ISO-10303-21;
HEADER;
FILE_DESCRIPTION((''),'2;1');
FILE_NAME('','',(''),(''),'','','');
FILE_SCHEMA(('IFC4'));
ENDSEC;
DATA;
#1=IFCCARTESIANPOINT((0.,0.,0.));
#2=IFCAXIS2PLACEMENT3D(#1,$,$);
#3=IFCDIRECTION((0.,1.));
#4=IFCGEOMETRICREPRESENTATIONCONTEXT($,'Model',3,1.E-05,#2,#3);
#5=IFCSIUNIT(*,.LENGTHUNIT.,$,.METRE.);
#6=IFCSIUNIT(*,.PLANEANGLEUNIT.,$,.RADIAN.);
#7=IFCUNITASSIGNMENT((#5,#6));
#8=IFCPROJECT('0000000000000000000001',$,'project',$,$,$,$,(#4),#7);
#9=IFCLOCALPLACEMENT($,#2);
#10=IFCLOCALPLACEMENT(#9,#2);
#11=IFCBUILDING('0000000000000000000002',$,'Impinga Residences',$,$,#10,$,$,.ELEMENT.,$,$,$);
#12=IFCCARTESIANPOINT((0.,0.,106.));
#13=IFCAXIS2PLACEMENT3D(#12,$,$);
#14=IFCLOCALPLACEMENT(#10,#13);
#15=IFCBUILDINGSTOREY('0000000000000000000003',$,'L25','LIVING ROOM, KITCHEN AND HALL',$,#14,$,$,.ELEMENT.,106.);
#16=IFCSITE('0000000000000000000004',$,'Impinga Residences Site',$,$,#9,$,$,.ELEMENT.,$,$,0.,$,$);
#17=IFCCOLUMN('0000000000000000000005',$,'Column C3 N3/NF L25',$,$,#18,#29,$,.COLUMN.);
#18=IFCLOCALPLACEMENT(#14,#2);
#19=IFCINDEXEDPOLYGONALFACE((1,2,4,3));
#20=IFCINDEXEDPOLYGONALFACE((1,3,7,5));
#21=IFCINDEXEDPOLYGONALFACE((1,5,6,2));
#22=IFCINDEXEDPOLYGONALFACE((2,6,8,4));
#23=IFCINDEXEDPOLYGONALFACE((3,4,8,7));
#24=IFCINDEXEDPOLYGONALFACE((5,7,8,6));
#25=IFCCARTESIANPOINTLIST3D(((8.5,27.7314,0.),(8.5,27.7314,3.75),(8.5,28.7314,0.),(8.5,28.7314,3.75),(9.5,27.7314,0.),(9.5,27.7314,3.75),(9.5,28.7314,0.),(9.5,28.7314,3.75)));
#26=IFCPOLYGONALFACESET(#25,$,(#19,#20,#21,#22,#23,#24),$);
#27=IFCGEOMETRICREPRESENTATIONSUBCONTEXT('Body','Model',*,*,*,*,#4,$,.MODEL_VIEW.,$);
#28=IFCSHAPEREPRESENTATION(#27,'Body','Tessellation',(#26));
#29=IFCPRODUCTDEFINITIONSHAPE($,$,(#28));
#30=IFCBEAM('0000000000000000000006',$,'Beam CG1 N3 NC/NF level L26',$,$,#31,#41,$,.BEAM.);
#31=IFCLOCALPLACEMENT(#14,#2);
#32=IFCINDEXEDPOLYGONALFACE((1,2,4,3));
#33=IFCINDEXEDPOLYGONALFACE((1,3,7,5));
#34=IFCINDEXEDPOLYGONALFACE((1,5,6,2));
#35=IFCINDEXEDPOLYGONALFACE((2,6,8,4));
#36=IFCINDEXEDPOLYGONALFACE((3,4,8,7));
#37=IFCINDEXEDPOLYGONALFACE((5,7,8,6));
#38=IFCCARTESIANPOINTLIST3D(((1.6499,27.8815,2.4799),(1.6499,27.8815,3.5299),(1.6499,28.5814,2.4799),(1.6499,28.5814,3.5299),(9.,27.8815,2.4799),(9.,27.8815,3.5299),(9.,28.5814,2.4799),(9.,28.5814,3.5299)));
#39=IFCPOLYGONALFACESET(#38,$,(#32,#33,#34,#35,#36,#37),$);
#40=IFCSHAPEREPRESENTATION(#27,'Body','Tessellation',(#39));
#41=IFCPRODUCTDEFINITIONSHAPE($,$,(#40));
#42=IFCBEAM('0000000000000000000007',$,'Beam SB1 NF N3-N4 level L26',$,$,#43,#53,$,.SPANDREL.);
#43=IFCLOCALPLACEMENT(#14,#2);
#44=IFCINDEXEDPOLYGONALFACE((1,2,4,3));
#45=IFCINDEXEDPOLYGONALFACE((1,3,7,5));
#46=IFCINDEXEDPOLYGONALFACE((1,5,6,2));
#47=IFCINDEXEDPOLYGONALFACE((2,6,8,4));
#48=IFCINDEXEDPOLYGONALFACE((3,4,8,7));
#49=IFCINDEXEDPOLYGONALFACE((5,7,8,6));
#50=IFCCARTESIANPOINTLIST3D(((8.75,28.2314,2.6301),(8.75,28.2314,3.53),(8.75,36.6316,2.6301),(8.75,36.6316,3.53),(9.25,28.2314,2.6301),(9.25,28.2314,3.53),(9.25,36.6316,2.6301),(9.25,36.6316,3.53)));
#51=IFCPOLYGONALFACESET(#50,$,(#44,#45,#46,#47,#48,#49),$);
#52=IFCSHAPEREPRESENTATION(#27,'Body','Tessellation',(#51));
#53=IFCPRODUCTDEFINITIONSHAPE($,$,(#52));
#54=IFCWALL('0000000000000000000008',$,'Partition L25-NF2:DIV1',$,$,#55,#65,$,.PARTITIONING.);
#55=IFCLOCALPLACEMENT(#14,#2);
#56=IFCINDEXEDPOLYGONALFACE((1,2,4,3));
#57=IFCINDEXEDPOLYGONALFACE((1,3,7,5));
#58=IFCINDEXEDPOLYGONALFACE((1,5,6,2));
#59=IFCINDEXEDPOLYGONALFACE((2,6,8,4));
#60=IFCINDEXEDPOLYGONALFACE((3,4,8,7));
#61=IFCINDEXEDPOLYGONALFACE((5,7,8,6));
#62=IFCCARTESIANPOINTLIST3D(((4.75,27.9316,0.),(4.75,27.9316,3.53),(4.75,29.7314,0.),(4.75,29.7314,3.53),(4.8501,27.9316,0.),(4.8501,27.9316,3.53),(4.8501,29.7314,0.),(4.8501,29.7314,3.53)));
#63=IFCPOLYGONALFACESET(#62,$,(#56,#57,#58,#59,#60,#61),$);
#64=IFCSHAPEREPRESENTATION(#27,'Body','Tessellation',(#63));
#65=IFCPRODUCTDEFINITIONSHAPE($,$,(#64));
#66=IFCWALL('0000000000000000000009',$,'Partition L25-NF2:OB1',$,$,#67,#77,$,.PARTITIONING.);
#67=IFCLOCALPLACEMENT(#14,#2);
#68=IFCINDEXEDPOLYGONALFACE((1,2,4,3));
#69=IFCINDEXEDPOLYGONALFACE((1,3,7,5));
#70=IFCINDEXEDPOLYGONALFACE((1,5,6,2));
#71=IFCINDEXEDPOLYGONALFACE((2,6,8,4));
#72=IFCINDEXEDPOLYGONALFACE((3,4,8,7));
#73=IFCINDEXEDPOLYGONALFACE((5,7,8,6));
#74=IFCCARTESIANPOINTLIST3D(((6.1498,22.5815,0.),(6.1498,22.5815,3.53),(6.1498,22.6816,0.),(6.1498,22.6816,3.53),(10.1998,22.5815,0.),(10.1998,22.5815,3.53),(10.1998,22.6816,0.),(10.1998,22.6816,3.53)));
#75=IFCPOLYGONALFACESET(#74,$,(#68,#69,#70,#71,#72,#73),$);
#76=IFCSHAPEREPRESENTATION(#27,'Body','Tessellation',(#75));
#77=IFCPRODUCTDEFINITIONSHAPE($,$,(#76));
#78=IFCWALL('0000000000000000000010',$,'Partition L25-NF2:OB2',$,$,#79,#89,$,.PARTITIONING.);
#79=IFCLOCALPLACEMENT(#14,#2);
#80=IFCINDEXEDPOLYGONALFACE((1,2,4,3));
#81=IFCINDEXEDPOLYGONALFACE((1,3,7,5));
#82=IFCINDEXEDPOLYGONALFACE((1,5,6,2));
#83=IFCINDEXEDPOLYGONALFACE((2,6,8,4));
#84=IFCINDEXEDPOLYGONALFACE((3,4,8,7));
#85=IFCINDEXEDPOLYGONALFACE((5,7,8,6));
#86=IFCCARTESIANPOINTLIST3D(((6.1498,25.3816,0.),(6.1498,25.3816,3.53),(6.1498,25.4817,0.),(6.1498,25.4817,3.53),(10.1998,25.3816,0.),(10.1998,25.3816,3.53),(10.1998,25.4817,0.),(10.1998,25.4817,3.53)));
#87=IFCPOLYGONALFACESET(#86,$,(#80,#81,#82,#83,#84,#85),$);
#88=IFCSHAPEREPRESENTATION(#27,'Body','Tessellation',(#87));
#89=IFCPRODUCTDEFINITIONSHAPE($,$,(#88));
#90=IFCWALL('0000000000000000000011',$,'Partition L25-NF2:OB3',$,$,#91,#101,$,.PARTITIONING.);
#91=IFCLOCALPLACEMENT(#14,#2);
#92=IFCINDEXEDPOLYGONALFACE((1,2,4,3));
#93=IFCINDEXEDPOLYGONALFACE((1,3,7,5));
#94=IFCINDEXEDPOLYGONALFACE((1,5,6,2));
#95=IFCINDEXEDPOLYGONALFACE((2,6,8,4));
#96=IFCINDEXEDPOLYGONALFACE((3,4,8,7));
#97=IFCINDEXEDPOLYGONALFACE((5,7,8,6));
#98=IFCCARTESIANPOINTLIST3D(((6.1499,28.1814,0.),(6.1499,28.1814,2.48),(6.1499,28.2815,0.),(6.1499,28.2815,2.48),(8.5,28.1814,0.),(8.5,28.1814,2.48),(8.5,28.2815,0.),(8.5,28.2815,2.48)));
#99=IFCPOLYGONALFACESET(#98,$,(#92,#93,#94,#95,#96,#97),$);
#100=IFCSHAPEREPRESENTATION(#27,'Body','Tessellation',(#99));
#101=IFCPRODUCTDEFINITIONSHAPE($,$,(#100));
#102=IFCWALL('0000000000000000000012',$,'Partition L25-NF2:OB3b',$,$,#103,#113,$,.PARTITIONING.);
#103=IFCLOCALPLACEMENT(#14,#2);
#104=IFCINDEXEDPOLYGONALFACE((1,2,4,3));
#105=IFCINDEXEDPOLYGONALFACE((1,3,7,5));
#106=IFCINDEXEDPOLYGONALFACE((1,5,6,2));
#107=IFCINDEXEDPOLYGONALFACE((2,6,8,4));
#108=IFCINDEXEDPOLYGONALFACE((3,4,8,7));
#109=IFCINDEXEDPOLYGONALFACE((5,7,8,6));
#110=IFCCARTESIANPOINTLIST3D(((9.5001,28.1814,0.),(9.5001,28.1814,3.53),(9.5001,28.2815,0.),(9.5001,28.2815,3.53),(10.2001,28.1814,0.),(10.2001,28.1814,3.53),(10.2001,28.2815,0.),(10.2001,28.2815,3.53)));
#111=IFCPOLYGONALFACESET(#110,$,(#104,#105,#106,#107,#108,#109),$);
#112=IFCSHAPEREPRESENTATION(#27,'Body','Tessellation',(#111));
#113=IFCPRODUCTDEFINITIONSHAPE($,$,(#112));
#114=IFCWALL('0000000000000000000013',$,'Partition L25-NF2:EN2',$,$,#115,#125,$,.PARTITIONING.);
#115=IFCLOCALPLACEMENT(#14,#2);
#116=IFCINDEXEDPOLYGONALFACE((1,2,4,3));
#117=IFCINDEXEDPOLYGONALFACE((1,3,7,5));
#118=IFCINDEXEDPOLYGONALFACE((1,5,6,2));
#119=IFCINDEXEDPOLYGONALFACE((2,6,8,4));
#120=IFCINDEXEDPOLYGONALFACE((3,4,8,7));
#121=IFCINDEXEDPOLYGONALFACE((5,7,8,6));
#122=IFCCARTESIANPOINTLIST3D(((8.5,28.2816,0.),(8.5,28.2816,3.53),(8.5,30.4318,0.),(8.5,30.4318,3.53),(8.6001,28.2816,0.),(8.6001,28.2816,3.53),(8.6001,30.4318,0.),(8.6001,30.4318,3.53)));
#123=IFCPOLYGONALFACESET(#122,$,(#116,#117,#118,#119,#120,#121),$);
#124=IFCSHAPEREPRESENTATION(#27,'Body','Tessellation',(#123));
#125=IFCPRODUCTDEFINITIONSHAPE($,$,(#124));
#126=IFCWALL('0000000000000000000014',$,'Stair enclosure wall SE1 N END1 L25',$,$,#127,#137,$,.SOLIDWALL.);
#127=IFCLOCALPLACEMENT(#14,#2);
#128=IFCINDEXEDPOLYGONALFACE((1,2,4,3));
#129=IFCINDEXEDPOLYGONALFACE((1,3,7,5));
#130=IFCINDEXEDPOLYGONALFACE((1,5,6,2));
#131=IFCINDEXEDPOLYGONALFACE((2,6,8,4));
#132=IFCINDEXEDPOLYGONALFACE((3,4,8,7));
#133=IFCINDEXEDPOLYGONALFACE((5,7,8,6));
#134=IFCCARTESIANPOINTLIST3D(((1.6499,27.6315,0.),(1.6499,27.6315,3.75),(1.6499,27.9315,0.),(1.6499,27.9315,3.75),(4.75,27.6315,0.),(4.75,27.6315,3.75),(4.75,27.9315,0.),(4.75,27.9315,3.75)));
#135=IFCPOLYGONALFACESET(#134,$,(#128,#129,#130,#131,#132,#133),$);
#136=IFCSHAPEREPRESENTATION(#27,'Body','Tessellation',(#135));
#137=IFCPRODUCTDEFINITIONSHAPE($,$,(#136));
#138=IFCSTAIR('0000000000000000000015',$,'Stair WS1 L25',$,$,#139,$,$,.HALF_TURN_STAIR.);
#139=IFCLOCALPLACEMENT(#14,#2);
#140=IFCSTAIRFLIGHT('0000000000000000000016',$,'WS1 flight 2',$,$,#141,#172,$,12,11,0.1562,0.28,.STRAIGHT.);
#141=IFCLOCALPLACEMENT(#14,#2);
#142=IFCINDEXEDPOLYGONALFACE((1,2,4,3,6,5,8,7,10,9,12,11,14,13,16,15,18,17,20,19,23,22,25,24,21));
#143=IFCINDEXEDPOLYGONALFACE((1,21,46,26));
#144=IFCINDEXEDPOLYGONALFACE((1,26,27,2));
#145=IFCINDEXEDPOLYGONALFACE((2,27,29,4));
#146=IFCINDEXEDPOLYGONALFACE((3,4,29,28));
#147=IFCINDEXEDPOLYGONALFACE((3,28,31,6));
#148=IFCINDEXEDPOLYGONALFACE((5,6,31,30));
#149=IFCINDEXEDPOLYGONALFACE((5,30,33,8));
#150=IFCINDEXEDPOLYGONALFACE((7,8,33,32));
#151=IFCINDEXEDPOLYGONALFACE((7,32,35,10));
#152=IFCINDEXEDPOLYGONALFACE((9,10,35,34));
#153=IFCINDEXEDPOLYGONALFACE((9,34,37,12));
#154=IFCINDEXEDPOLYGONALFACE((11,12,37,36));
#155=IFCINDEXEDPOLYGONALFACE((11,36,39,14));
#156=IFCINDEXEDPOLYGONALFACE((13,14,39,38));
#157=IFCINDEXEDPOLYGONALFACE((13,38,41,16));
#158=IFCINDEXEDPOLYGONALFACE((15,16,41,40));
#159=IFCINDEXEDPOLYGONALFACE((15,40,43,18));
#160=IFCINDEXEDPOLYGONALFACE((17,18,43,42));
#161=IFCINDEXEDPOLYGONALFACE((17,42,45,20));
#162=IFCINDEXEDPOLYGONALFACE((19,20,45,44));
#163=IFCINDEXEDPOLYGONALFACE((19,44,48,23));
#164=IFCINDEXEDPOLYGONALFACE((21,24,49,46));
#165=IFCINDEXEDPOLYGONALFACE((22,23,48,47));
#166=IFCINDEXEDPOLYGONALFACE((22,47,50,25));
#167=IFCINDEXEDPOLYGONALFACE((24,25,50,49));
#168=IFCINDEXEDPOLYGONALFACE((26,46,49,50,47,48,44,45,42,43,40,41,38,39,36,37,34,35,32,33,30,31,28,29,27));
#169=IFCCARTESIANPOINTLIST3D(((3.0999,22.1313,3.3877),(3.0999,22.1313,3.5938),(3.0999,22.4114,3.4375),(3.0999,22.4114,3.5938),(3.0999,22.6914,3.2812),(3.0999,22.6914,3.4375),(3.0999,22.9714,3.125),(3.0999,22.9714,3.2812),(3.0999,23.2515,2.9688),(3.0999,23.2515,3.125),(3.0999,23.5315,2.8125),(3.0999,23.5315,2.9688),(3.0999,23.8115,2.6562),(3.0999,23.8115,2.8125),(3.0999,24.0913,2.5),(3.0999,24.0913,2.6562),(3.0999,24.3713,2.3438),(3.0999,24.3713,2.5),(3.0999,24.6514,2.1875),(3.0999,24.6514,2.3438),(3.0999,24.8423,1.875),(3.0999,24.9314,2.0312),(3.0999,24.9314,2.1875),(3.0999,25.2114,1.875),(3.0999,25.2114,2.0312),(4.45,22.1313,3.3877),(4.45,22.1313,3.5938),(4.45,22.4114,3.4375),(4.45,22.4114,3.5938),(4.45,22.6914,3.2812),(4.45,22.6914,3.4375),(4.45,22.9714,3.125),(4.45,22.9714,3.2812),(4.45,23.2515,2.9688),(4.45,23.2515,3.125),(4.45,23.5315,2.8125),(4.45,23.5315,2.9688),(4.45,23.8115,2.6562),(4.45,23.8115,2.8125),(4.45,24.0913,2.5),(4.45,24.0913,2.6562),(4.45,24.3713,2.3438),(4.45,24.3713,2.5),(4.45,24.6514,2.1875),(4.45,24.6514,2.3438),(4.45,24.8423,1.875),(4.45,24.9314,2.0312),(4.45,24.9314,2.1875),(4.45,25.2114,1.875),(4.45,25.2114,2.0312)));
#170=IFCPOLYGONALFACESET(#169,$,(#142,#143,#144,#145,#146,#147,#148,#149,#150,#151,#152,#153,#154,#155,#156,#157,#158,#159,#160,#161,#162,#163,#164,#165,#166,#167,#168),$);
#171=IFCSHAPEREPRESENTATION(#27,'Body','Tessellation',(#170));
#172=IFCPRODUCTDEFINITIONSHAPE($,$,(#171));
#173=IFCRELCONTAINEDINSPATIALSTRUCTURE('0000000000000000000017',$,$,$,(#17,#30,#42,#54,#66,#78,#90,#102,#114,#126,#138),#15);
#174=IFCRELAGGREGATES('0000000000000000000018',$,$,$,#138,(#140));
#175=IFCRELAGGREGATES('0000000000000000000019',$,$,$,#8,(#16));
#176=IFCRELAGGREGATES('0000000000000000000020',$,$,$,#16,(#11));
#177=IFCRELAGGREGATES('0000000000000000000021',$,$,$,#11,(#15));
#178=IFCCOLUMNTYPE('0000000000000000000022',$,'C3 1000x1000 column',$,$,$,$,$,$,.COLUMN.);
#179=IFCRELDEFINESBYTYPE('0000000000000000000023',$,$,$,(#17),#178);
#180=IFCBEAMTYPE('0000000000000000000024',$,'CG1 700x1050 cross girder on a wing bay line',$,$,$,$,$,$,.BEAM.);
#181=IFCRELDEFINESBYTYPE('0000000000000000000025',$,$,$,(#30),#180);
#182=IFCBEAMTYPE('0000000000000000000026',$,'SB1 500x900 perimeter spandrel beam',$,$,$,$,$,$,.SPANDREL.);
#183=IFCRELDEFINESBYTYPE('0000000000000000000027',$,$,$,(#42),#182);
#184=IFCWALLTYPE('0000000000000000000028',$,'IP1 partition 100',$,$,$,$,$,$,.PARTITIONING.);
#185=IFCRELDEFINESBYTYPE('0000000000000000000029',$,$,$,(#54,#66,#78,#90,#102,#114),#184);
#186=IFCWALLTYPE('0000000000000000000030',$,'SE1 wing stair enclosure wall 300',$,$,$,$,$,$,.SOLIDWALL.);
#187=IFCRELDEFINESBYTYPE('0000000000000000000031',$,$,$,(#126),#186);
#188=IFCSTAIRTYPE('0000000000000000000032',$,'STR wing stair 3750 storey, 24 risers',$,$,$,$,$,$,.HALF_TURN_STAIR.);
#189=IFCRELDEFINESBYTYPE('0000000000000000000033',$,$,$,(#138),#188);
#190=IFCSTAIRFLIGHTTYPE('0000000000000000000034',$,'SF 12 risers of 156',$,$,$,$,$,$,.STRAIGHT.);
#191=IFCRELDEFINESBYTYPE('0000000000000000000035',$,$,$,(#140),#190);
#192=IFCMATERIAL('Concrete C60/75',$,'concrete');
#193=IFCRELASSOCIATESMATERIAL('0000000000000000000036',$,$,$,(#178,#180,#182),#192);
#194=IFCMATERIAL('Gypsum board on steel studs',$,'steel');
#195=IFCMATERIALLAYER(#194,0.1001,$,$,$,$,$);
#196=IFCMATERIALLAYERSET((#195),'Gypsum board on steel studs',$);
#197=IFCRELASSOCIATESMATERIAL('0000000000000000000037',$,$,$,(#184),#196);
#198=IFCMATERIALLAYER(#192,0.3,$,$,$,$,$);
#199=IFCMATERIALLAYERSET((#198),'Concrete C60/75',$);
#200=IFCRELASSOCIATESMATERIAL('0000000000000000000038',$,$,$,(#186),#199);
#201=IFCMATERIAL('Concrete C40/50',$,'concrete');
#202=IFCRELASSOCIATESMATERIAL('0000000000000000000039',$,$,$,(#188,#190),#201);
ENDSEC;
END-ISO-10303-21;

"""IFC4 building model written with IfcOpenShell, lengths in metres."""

from ifc_helpers import new_model, si_unit, direction, frame, frame_2d, origin, origin_2d, place, context, subcontext, project, spatial, polyline, rectangle, outline, extrude, material, layer, layer_set, material_profile, profile_set, type_object, element, aggregate, save


model = new_model("IFC4")

# Units and contexts
model_context = context("Model", 3, precision=1e-05, world=origin(), true_north=direction((0.0, 1.0)))
body_context = subcontext(model_context, "Body", "Model", "MODEL_VIEW")
ifc_project = project(units=[si_unit("LENGTHUNIT", "METRE"), si_unit("PLANEANGLEUNIT", "RADIAN")], contexts=[model_context])

# Site, building, storey
site_placement = place(None, origin())
site = spatial("IfcSite", under=ifc_project, at=site_placement, Name="Impinga Residences Site", CompositionType="ELEMENT", RefElevation=0.0)
building_placement = place(site_placement, origin())
building = spatial("IfcBuilding", under=site, at=building_placement, Name="Impinga Residences", CompositionType="ELEMENT")
storey_placement = place(building_placement, frame((0.0, 0.0, 106.0)))
storey = spatial("IfcBuildingStorey", under=building, at=storey_placement, Name="L25", Description="LIVING ROOM, KITCHEN AND HALL", CompositionType="ELEMENT", Elevation=106.0)

# Column
ifc_material_1 = material(Name="Concrete C60/75", Category="concrete")
ifc_material_profile_1 = material_profile(ifc_material_1, rectangle(XDim=1.0, YDim=1.0, at=origin_2d()), Name="RC 1000x1000")
ifc_profile_set_1 = profile_set([ifc_material_profile_1], Name="Concrete C60/75")
column_type = type_object("IfcColumnType", Name="C3 1000x1000 column", PredefinedType="COLUMN", material=ifc_profile_set_1)
column_placement = place(storey_placement, frame((9.0, 28.2314, 0.0), z_axis=(0.0, 0.0, 1.0), x_axis=(1.0, 0.0, 0.0)))
element("IfcColumn", 1, at=column_placement, inside=storey, type_object=column_type, Name="Column C3 N3/NF L25", PredefinedType="COLUMN", context=body_context, shape_type="SweptSolid", body=[
    extrude(rectangle(XDim=1.0, YDim=1.0, at=origin_2d()), origin(), (0.0, 0.0, 1.0), 3.75),
])

# Beams
ifc_material_profile_2 = material_profile(ifc_material_1, rectangle(XDim=0.7, YDim=1.05, at=origin_2d()), Name="RC 700x1050")
ifc_profile_set_2 = profile_set([ifc_material_profile_2], Name="Concrete C60/75")
beam_type_1 = type_object("IfcBeamType", Name="CG1 700x1050 cross girder on a wing bay line", PredefinedType="BEAM", material=ifc_profile_set_2)
beam_1_placement = place(storey_placement, frame((1.6499, 28.2314, 3.0049), z_axis=(1.0, 0.0, 0.0), x_axis=(0.0, 1.0, 0.0)))
element("IfcBeam", 2, at=beam_1_placement, inside=storey, type_object=beam_type_1, Name="Beam CG1 N3 NC/NF level L26", PredefinedType="BEAM", context=body_context, shape_type="SweptSolid", body=[
    extrude(rectangle(XDim=0.7, YDim=1.05, at=origin_2d()), origin(), (0.0, 0.0, 1.0), 7.3501),
])
ifc_material_profile_3 = material_profile(ifc_material_1, rectangle(XDim=0.5, YDim=0.8999, at=origin_2d()), Name="RC 500x900")
ifc_profile_set_3 = profile_set([ifc_material_profile_3], Name="Concrete C60/75")
beam_type_2 = type_object("IfcBeamType", Name="SB1 500x900 perimeter spandrel beam", PredefinedType="SPANDREL", material=ifc_profile_set_3)
beam_2_placement = place(storey_placement, frame((9.0, 28.2314, 3.0801), z_axis=(0.0, 1.0, 0.0), x_axis=(-1.0, 0.0, 0.0)))
element("IfcBeam", 3, at=beam_2_placement, inside=storey, type_object=beam_type_2, Name="Beam SB1 NF N3-N4 level L26", PredefinedType="SPANDREL", context=body_context, shape_type="SweptSolid", body=[
    extrude(rectangle(XDim=0.5, YDim=0.8999, at=origin_2d()), origin(), (0.0, 0.0, 1.0), 8.4001),
])

# Walls
ifc_material_2 = material(Name="Gypsum board on steel studs", Category="steel")
ifc_layer_1 = layer(ifc_material_2, 0.1001)
ifc_layer_set_1 = layer_set([ifc_layer_1], Name="Gypsum board on steel studs")
wall_type_1 = type_object("IfcWallType", Name="IP1 partition 100", PredefinedType="PARTITIONING", material=ifc_layer_set_1)
wall_1_placement = place(storey_placement, frame((4.8, 27.9316, 0.0), z_axis=(0.0, 0.0, 1.0), x_axis=(0.0, 1.0, 0.0)))
element("IfcWall", 4, at=wall_1_placement, inside=storey, type_object=wall_type_1, Name="Partition L25-NF2:DIV1", PredefinedType="PARTITIONING", context=body_context, shape_type="SweptSolid", body=[
    extrude(rectangle(XDim=1.7998, YDim=0.1001, at=frame_2d((0.8999, 0.0))), origin(), (0.0, 0.0, 1.0), 3.53),
])
for number, where, z_axis, x_axis, name in (
    (5, (6.1499, 22.6316, 0.0), (0.0, 0.0, 1.0), (1.0, 0.0, 0.0), "Partition L25-NF2:OB1"),
    (6, (6.1499, 25.4316, 0.0), (0.0, 0.0, 1.0), (1.0, 0.0, 0.0), "Partition L25-NF2:OB2"),
):
    element("IfcWall", number, at=place(storey_placement, frame(where, z_axis=z_axis, x_axis=x_axis)), inside=storey, type_object=wall_type_1, Name=name, PredefinedType="PARTITIONING", context=body_context, shape_type="SweptSolid", body=[
        extrude(rectangle(XDim=4.05, YDim=0.1001, at=frame_2d((2.0249, 0.0))), origin(), (0.0, 0.0, 1.0), 3.53),
    ])
wall_2_placement = place(storey_placement, frame((6.1499, 28.2314, 0.0), z_axis=(0.0, 0.0, 1.0), x_axis=(1.0, 0.0, 0.0)))
element("IfcWall", 7, at=wall_2_placement, inside=storey, type_object=wall_type_1, Name="Partition L25-NF2:OB3", PredefinedType="PARTITIONING", context=body_context, shape_type="SweptSolid", body=[
    extrude(rectangle(XDim=2.3501, YDim=0.1001, at=frame_2d((1.175, 0.0))), origin(), (0.0, 0.0, 1.0), 2.48),
])
wall_3_placement = place(storey_placement, frame((9.5, 28.2314, 0.0), z_axis=(0.0, 0.0, 1.0), x_axis=(1.0, 0.0, 0.0)))
element("IfcWall", 8, at=wall_3_placement, inside=storey, type_object=wall_type_1, Name="Partition L25-NF2:OB3b", PredefinedType="PARTITIONING", context=body_context, shape_type="SweptSolid", body=[
    extrude(rectangle(XDim=0.7, YDim=0.1001, at=frame_2d((0.3501, 0.0))), origin(), (0.0, 0.0, 1.0), 3.53),
])
wall_4_placement = place(storey_placement, frame((8.55, 28.2815, 0.0), z_axis=(0.0, 0.0, 1.0), x_axis=(0.0, 1.0, 0.0)))
element("IfcWall", 9, at=wall_4_placement, inside=storey, type_object=wall_type_1, Name="Partition L25-NF2:EN2", PredefinedType="PARTITIONING", context=body_context, shape_type="SweptSolid", body=[
    extrude(rectangle(XDim=2.1501, YDim=0.1001, at=frame_2d((1.0752, 0.0))), origin(), (0.0, 0.0, 1.0), 3.53),
])
ifc_layer_2 = layer(ifc_material_1, 0.3)
ifc_layer_set_2 = layer_set([ifc_layer_2], Name="Concrete C60/75")
wall_type_2 = type_object("IfcWallType", Name="SE1 wing stair enclosure wall 300", PredefinedType="SOLIDWALL", material=ifc_layer_set_2)
wall_5_placement = place(storey_placement, frame((1.6499, 27.7815, 0.0), z_axis=(0.0, 0.0, 1.0), x_axis=(1.0, 0.0, 0.0)))
element("IfcWall", 10, at=wall_5_placement, inside=storey, type_object=wall_type_2, Name="Stair enclosure wall SE1 N END1 L25", PredefinedType="SOLIDWALL", context=body_context, shape_type="SweptSolid", body=[
    extrude(rectangle(XDim=3.1001, YDim=0.3, at=frame_2d((1.55, 0.0))), origin(), (0.0, 0.0, 1.0), 3.75),
])

# Stair, stair flight
ifc_material_3 = material(Name="Concrete C40/50", Category="concrete")
stair_type = type_object("IfcStairType", Name="STR wing stair 3750 storey, 24 risers", PredefinedType="HALF_TURN_STAIR", material=ifc_material_3)
stair_placement = place(storey_placement, origin())
stair = element("IfcStair", 11, at=stair_placement, inside=storey, type_object=stair_type, Name="Stair WS1 L25", PredefinedType="HALF_TURN_STAIR")
stair_flight_type = type_object("IfcStairFlightType", Name="SF 12 risers of 156", PredefinedType="STRAIGHT", material=ifc_material_3)
stair_flight_placement = place(storey_placement, frame((3.7749, 25.2114, 1.875), z_axis=(0.0, 0.0, 1.0), x_axis=(0.0, -1.0, 0.0)))
stair_flight = element("IfcStairFlight", 12, at=stair_flight_placement, type_object=stair_flight_type, Name="WS1 flight 2", NumberOfRisers=12, NumberOfTreads=11, PredefinedType="STRAIGHT", RiserHeight=0.1562, TreadLength=0.28, context=body_context, shape_type="SweptSolid", body=[
    extrude(outline(polyline([(0.0, 0.0), (0.0, 0.1562), (0.28, 0.1562), (0.28, 0.3125), (0.5601, 0.3125), (0.5601, 0.4688), (0.8401, 0.4688), (0.8401, 0.625), (1.1201, 0.625), (1.1201, 0.7812), (1.3999, 0.7812), (1.3999, 0.9375), (1.6799, 0.9375), (1.6799, 1.0938), (1.96, 1.0938), (1.96, 1.25), (2.24, 1.25), (2.24, 1.4062), (2.52, 1.4062), (2.52, 1.5625), (2.8, 1.5625), (2.8, 1.7188), (3.0801, 1.7188), (3.0801, 1.875), (3.0801, 1.5127), (0.3691, 0.0), (0.0, 0.0)])), frame((0.0, 0.675, 0.0), z_axis=(0.0, -1.0, 0.0), x_axis=(1.0, 0.0, 0.0)), (0.0, 0.0, 1.0), 1.3501),
])
aggregate(stair, [stair_flight])

save(model, "model.ifc")
